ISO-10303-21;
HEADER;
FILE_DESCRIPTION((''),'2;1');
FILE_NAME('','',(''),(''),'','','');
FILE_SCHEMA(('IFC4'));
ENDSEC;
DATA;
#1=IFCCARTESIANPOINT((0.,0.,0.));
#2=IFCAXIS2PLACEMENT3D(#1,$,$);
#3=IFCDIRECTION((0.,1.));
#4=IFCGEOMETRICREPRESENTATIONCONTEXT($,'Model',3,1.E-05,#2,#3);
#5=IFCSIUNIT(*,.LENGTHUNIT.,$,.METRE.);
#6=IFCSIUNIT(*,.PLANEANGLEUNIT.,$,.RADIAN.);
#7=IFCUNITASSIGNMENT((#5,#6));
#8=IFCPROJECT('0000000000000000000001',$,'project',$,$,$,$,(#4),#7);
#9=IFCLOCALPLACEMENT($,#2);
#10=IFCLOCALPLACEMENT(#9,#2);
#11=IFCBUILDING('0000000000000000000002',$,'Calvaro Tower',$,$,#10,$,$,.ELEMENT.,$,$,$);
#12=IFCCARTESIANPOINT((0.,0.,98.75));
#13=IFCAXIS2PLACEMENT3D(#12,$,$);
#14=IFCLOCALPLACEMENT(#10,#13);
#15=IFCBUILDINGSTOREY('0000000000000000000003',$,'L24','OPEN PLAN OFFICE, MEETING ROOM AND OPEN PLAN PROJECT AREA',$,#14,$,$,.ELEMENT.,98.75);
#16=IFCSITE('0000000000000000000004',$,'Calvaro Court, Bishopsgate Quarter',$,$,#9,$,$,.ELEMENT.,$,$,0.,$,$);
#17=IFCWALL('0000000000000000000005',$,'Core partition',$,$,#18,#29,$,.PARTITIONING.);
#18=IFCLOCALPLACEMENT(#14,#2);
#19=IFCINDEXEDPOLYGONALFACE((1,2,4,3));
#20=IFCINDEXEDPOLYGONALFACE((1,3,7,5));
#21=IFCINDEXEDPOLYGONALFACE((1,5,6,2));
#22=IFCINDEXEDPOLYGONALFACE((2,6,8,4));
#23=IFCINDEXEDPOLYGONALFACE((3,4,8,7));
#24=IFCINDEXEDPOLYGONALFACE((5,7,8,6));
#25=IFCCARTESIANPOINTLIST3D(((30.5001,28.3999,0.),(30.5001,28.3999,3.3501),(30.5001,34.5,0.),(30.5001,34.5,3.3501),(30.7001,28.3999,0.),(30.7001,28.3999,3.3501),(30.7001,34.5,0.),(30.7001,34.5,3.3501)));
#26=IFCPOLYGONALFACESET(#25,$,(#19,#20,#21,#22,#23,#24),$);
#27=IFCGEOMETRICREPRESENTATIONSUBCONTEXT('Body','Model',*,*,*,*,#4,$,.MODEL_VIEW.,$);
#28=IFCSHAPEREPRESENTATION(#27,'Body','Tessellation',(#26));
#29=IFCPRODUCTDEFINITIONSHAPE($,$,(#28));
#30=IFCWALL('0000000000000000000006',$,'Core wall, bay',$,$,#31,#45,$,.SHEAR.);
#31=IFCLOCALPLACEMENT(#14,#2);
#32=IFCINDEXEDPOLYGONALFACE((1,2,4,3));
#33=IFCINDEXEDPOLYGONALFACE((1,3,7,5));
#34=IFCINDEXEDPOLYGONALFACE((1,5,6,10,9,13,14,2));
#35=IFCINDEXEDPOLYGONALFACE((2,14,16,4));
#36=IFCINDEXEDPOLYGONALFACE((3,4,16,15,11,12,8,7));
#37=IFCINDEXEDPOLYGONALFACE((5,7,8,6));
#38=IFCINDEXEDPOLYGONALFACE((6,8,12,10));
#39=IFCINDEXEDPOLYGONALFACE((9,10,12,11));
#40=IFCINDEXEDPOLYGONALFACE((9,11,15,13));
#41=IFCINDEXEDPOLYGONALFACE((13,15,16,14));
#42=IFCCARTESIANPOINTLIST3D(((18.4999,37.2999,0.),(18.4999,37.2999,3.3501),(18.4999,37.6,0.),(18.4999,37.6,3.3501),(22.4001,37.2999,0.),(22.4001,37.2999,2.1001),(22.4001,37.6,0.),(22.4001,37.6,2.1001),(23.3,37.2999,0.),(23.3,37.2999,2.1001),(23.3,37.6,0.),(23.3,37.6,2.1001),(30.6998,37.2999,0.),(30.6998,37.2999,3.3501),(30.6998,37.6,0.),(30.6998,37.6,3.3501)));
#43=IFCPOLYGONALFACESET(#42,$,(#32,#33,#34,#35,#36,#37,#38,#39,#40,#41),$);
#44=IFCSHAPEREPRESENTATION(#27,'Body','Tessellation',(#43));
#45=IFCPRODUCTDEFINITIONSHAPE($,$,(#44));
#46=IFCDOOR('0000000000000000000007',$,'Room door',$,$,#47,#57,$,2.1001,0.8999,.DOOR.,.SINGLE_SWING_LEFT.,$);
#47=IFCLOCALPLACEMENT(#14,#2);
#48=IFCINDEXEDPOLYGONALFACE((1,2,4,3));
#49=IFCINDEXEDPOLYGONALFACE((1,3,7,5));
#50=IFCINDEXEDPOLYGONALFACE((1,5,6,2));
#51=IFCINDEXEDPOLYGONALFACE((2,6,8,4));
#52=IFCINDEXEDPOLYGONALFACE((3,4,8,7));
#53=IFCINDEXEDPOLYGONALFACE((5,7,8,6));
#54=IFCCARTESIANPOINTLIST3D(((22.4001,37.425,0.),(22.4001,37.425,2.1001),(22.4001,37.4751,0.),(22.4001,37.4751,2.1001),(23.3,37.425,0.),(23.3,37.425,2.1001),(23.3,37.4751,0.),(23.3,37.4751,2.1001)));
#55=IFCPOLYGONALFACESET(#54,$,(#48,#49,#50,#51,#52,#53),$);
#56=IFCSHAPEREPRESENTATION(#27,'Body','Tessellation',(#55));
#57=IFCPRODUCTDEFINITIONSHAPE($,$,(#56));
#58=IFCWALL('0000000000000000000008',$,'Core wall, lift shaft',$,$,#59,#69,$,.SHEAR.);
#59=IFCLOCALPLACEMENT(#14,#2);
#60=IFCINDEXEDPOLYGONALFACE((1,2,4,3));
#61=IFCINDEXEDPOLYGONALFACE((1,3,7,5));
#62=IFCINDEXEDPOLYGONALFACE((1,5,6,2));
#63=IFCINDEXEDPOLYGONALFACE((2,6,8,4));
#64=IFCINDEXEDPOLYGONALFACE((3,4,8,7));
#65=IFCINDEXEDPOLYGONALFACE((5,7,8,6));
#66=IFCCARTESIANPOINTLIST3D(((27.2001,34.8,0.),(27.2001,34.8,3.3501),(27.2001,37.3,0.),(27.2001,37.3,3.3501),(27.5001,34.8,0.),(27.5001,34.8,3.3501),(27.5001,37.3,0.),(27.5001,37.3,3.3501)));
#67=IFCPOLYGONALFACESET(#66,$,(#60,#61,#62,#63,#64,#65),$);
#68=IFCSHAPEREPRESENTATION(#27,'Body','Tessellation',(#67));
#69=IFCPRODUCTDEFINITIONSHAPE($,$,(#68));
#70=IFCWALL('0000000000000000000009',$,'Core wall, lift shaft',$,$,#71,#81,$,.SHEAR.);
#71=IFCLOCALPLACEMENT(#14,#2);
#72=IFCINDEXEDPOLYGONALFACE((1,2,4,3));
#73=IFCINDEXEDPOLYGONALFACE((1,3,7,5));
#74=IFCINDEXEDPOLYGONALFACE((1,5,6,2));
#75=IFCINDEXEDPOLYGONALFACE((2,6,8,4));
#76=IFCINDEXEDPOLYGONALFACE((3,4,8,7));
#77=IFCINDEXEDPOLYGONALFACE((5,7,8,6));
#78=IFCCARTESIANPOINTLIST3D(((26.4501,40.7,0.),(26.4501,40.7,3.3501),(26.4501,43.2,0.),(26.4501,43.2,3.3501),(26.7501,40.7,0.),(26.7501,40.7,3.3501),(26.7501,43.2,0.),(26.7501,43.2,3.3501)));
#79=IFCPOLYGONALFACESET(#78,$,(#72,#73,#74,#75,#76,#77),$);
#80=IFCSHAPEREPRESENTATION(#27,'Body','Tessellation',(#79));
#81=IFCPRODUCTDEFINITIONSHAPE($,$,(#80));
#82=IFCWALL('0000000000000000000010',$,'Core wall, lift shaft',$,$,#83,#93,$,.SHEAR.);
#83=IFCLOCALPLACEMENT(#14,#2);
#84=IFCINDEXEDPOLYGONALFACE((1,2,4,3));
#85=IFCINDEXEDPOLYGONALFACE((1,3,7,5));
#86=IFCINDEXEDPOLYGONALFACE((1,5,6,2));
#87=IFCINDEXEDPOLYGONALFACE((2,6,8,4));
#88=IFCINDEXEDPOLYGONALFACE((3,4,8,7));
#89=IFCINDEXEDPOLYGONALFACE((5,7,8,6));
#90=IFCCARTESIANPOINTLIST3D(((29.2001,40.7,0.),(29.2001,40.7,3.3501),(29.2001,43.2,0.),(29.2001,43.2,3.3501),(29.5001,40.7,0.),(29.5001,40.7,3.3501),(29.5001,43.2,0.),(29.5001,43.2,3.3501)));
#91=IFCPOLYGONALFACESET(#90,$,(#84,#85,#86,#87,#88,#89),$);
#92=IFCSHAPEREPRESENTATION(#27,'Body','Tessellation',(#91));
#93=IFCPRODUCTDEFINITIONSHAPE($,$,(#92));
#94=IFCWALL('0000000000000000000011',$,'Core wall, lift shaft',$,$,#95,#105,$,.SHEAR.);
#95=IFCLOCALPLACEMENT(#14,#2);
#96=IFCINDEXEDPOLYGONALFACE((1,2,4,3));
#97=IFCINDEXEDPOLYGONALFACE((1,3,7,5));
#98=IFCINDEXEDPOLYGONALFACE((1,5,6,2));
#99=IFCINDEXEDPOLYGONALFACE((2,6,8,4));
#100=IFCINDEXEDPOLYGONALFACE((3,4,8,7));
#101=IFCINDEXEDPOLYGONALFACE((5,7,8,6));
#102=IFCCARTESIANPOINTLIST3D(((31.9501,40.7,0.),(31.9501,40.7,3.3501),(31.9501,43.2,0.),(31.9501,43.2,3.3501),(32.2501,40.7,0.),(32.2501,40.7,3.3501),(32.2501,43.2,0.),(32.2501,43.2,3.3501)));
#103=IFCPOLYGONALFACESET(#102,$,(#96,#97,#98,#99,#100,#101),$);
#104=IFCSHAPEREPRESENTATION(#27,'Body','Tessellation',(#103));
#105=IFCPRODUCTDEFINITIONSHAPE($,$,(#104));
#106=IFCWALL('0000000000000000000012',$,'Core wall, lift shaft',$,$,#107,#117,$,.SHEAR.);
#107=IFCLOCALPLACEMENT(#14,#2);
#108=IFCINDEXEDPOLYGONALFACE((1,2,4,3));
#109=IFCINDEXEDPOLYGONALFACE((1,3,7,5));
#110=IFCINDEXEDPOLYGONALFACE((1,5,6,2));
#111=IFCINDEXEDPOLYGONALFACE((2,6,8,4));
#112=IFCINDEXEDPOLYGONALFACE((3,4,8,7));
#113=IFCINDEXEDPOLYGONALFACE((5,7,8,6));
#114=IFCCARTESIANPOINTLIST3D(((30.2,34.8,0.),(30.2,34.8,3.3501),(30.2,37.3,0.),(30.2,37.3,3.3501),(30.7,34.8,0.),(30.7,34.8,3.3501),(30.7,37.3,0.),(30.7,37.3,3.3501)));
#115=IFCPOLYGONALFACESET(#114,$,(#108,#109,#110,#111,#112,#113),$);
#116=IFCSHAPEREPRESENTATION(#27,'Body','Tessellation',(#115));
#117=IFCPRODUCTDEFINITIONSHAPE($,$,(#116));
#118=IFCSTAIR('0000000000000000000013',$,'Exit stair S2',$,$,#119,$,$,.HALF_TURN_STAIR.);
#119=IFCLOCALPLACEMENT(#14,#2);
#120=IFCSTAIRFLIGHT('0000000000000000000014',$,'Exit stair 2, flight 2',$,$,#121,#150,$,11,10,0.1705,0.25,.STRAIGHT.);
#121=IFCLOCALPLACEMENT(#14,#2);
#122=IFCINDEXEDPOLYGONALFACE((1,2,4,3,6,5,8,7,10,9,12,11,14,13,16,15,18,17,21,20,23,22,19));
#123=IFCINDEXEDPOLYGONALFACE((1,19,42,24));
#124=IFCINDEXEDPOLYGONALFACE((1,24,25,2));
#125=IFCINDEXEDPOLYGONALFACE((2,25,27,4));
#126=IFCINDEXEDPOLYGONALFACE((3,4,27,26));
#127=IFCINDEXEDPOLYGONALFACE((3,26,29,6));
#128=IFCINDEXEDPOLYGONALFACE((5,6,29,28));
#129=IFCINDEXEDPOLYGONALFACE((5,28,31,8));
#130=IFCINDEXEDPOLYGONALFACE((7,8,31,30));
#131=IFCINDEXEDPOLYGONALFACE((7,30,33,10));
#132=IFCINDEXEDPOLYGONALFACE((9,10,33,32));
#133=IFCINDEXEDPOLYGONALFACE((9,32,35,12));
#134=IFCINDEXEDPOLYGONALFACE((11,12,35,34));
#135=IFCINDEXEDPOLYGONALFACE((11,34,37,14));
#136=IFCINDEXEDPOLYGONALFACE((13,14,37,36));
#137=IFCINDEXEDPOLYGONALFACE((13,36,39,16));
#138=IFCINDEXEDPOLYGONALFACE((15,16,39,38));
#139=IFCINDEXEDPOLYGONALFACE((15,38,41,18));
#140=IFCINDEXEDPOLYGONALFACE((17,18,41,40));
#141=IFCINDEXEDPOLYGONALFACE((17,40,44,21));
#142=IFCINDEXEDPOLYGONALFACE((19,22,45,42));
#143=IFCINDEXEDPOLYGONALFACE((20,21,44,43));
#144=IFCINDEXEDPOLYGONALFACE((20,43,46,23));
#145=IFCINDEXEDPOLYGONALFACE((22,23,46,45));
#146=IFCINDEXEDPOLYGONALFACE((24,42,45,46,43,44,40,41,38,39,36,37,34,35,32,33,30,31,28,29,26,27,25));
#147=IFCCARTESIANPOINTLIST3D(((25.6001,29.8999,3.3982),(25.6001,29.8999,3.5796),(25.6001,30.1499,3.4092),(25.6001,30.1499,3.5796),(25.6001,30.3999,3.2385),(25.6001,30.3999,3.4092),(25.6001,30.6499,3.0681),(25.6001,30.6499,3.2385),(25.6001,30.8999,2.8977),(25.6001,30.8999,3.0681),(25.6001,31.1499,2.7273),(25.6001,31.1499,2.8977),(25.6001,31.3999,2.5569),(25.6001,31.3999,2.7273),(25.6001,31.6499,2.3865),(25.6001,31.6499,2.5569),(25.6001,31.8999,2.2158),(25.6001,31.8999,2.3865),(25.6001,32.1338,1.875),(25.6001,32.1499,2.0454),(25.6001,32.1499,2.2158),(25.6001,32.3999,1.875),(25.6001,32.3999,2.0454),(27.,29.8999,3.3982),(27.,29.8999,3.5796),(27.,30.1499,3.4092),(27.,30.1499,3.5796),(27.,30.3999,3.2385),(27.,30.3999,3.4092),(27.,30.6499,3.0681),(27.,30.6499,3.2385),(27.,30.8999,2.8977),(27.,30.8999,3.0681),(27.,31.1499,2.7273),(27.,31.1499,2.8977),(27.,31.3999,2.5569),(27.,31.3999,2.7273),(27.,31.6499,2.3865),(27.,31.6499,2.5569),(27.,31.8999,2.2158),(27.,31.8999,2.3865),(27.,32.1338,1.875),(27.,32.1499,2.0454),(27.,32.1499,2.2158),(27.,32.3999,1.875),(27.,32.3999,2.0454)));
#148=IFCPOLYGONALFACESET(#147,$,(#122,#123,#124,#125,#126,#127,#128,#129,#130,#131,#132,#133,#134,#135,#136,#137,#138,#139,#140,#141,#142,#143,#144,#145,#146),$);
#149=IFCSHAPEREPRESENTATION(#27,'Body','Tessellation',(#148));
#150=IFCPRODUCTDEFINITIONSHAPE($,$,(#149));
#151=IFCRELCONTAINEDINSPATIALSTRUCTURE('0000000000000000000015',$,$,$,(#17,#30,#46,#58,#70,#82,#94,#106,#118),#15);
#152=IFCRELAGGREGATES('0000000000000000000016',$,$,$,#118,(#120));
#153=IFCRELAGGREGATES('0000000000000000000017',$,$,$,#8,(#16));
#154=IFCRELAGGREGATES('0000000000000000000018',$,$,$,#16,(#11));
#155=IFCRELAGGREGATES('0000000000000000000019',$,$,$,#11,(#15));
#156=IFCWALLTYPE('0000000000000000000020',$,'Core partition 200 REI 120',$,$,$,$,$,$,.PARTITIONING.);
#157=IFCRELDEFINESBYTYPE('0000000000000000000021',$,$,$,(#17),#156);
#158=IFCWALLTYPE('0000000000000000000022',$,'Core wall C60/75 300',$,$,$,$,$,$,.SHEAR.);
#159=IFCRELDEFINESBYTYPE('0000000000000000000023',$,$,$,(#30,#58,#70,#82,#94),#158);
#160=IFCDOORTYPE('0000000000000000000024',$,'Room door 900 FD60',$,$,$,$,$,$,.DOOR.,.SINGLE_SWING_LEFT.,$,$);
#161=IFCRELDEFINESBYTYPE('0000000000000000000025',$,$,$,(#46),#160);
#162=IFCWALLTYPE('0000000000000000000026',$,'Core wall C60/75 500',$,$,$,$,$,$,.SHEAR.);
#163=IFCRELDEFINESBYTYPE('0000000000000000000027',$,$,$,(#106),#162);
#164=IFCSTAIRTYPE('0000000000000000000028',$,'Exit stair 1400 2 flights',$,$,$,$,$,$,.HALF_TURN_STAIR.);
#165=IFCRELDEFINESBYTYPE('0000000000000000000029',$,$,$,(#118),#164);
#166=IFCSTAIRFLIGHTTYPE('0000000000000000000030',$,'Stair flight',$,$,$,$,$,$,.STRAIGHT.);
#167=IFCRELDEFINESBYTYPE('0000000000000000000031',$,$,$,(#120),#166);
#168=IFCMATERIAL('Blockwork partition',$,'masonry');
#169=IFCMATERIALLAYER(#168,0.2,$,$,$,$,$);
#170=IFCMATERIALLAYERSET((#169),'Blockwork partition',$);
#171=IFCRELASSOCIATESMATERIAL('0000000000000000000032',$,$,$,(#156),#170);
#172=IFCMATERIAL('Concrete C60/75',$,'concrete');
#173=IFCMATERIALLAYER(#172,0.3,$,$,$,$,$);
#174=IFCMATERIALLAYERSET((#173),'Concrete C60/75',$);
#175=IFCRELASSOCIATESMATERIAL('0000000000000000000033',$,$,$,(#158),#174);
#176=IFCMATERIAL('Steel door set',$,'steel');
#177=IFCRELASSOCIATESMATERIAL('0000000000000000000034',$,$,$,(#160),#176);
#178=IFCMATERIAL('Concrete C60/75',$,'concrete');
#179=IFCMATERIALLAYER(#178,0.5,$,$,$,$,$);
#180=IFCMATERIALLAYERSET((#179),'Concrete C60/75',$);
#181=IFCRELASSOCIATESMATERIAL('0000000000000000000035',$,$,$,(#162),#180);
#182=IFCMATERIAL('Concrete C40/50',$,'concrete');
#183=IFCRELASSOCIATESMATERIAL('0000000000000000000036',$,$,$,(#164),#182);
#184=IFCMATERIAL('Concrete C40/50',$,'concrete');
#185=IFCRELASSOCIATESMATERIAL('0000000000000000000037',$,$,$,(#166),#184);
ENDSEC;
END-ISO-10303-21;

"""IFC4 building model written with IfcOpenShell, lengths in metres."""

from ifc_helpers import new_model, si_unit, direction, frame, frame_2d, origin, place, context, subcontext, project, spatial, polyline, rectangle, outline, extrude, material, layer, layer_set, type_object, element, fill, aggregate, save


model = new_model("IFC4")

# Units and contexts
model_context = context("Model", 3, precision=1e-05, world=origin(), true_north=direction((0.0, 1.0)))
body_context = subcontext(model_context, "Body", "Model", "MODEL_VIEW")
ifc_project = project(units=[si_unit("LENGTHUNIT", "METRE"), si_unit("PLANEANGLEUNIT", "RADIAN")], contexts=[model_context])

# Site, building, storey
site_placement = place(None, origin())
site = spatial("IfcSite", under=ifc_project, at=site_placement, Name="Calvaro Court, Bishopsgate Quarter", CompositionType="ELEMENT", RefElevation=0.0)
building_placement = place(site_placement, origin())
building = spatial("IfcBuilding", under=site, at=building_placement, Name="Calvaro Tower", CompositionType="ELEMENT")
storey_placement = place(building_placement, frame((0.0, 0.0, 98.75)))
storey = spatial("IfcBuildingStorey", under=building, at=storey_placement, Name="L24", Description="OPEN PLAN OFFICE, MEETING ROOM AND OPEN PLAN PROJECT AREA", CompositionType="ELEMENT", Elevation=98.75)

# Wall
ifc_material_1 = material(Name="Blockwork partition", Category="masonry")
ifc_layer_1 = layer(ifc_material_1, 0.2)
ifc_layer_set_1 = layer_set([ifc_layer_1], Name="Blockwork partition")
wall_type_1 = type_object("IfcWallType", Name="Core partition 200 REI 120", PredefinedType="PARTITIONING", material=ifc_layer_set_1)
wall_1_placement = place(storey_placement, frame((30.6001, 28.3999, 0.0), z_axis=(0.0, 0.0, 1.0), x_axis=(0.0, 1.0, 0.0)))
element("IfcWall", 1, at=wall_1_placement, inside=storey, type_object=wall_type_1, Name="Core partition", PredefinedType="PARTITIONING", context=body_context, shape_type="SweptSolid", body=[
    extrude(rectangle(XDim=6.1001, YDim=0.2, at=frame_2d((3.05, 0.0))), origin(), (0.0, 0.0, 1.0), 3.3501),
])

# Wall, opening, door
ifc_material_2 = material(Name="Concrete C60/75", Category="concrete")
ifc_layer_2 = layer(ifc_material_2, 0.3)
ifc_layer_set_2 = layer_set([ifc_layer_2], Name="Concrete C60/75")
wall_type_2 = type_object("IfcWallType", Name="Core wall C60/75 300", PredefinedType="SHEAR", material=ifc_layer_set_2)
wall_2_placement = place(storey_placement, frame((30.7, 37.45, 0.0), z_axis=(0.0, 0.0, 1.0), x_axis=(-1.0, 0.0, 0.0)))
wall_2 = element("IfcWall", 2, at=wall_2_placement, inside=storey, type_object=wall_type_2, Name="Core wall, bay", PredefinedType="SHEAR", context=body_context, shape_type="SweptSolid", body=[
    extrude(rectangle(XDim=12.2, YDim=0.3, at=frame_2d((6.1001, 0.0))), origin(), (0.0, 0.0, 1.0), 3.3501),
])
opening_placement = place(wall_2_placement, frame((7.3999, 0.0, 0.0)))
opening = element("IfcOpeningElement", 3, at=opening_placement, cuts=wall_2, PredefinedType="OPENING", context=body_context, shape_type="SweptSolid", body=[
    extrude(rectangle(XDim=0.8999, YDim=2.1001, at=frame_2d((0.45, 1.05))), frame((0.0, 0.1599, 0.0), z_axis=(0.0, -1.0, 0.0), x_axis=(1.0, 0.0, 0.0)), (0.0, 0.0, 1.0), 0.3201),
])
ifc_material_3 = material(Name="Steel door set", Category="steel")
door_type = type_object("IfcDoorType", Name="Room door 900 FD60", OperationType="SINGLE_SWING_LEFT", PredefinedType="DOOR", material=ifc_material_3)
door_placement = place(opening_placement, origin())
door = element("IfcDoor", 4, at=door_placement, inside=storey, type_object=door_type, Name="Room door", OperationType="SINGLE_SWING_LEFT", OverallHeight=2.1001, OverallWidth=0.8999, PredefinedType="DOOR", context=body_context, shape_type="SweptSolid", body=[
    extrude(rectangle(XDim=0.8999, YDim=2.1001, at=frame_2d((0.45, 1.05))), frame((0.0, 0.0249, 0.0), z_axis=(0.0, -1.0, 0.0), x_axis=(1.0, 0.0, 0.0)), (0.0, 0.0, 1.0), 0.05),
])
fill(opening, door)

# Walls
for number, where, z_axis, x_axis, name in (
    (5, (27.3501, 34.8, 0.0), (0.0, 0.0, 1.0), (0.0, 1.0, 0.0), "Core wall, lift shaft"),
    (6, (26.6001, 40.7, 0.0), (0.0, 0.0, 1.0), (0.0, 1.0, 0.0), "Core wall, lift shaft"),
    (7, (29.3501, 40.7, 0.0), (0.0, 0.0, 1.0), (0.0, 1.0, 0.0), "Core wall, lift shaft"),
    (8, (32.1001, 40.7, 0.0), (0.0, 0.0, 1.0), (0.0, 1.0, 0.0), "Core wall, lift shaft"),
):
    element("IfcWall", number, at=place(storey_placement, frame(where, z_axis=z_axis, x_axis=x_axis)), inside=storey, type_object=wall_type_2, Name=name, PredefinedType="SHEAR", context=body_context, shape_type="SweptSolid", body=[
        extrude(rectangle(XDim=2.5, YDim=0.3, at=frame_2d((1.25, 0.0))), origin(), (0.0, 0.0, 1.0), 3.3501),
    ])
ifc_material_4 = material(Name="Concrete C60/75", Category="concrete")
ifc_layer_3 = layer(ifc_material_4, 0.5)
ifc_layer_set_3 = layer_set([ifc_layer_3], Name="Concrete C60/75")
wall_type_3 = type_object("IfcWallType", Name="Core wall C60/75 500", PredefinedType="SHEAR", material=ifc_layer_set_3)
wall_3_placement = place(storey_placement, frame((30.45, 34.8, 0.0), z_axis=(0.0, 0.0, 1.0), x_axis=(0.0, 1.0, 0.0)))
element("IfcWall", 9, at=wall_3_placement, inside=storey, type_object=wall_type_3, Name="Core wall, lift shaft", PredefinedType="SHEAR", context=body_context, shape_type="SweptSolid", body=[
    extrude(rectangle(XDim=2.5, YDim=0.5, at=frame_2d((1.25, 0.0))), origin(), (0.0, 0.0, 1.0), 3.3501),
])

# Stair, stair flight
ifc_material_5 = material(Name="Concrete C40/50", Category="concrete")
stair_type = type_object("IfcStairType", Name="Exit stair 1400 2 flights", PredefinedType="HALF_TURN_STAIR", material=ifc_material_5)
stair_placement = place(storey_placement, origin())
stair = element("IfcStair", 10, at=stair_placement, inside=storey, type_object=stair_type, Name="Exit stair S2", PredefinedType="HALF_TURN_STAIR")
ifc_material_6 = material(Name="Concrete C40/50", Category="concrete")
stair_flight_type = type_object("IfcStairFlightType", Name="Stair flight", PredefinedType="STRAIGHT", material=ifc_material_6)
stair_flight_placement = place(storey_placement, frame((26.3, 32.3999, 1.875), z_axis=(0.0, 0.0, 1.0), x_axis=(0.0, -1.0, 0.0)))
stair_flight = element("IfcStairFlight", 11, at=stair_flight_placement, type_object=stair_flight_type, Name="Exit stair 2, flight 2", NumberOfRisers=11, NumberOfTreads=10, PredefinedType="STRAIGHT", RiserHeight=0.1705, TreadLength=0.25, context=body_context, shape_type="SweptSolid", body=[
    extrude(outline(polyline([(0.0, 0.0), (0.0, 0.1704), (0.25, 0.1704), (0.25, 0.3408), (0.5, 0.3408), (0.5, 0.5115), (0.75, 0.5115), (0.75, 0.6819), (1.0, 0.6819), (1.0, 0.8523), (1.25, 0.8523), (1.25, 1.0227), (1.5, 1.0227), (1.5, 1.1931), (1.75, 1.1931), (1.75, 1.3635), (2.0, 1.3635), (2.0, 1.5342), (2.25, 1.5342), (2.25, 1.7046), (2.5, 1.7046), (2.5, 1.875), (2.5, 1.5232), (0.2661, 0.0), (0.0, 0.0)])), frame((0.0, 0.7, 0.0), z_axis=(0.0, -1.0, 0.0), x_axis=(1.0, 0.0, 0.0)), (0.0, 0.0, 1.0), 1.3999),
])
aggregate(stair, [stair_flight])

save(model, "model.ifc")
